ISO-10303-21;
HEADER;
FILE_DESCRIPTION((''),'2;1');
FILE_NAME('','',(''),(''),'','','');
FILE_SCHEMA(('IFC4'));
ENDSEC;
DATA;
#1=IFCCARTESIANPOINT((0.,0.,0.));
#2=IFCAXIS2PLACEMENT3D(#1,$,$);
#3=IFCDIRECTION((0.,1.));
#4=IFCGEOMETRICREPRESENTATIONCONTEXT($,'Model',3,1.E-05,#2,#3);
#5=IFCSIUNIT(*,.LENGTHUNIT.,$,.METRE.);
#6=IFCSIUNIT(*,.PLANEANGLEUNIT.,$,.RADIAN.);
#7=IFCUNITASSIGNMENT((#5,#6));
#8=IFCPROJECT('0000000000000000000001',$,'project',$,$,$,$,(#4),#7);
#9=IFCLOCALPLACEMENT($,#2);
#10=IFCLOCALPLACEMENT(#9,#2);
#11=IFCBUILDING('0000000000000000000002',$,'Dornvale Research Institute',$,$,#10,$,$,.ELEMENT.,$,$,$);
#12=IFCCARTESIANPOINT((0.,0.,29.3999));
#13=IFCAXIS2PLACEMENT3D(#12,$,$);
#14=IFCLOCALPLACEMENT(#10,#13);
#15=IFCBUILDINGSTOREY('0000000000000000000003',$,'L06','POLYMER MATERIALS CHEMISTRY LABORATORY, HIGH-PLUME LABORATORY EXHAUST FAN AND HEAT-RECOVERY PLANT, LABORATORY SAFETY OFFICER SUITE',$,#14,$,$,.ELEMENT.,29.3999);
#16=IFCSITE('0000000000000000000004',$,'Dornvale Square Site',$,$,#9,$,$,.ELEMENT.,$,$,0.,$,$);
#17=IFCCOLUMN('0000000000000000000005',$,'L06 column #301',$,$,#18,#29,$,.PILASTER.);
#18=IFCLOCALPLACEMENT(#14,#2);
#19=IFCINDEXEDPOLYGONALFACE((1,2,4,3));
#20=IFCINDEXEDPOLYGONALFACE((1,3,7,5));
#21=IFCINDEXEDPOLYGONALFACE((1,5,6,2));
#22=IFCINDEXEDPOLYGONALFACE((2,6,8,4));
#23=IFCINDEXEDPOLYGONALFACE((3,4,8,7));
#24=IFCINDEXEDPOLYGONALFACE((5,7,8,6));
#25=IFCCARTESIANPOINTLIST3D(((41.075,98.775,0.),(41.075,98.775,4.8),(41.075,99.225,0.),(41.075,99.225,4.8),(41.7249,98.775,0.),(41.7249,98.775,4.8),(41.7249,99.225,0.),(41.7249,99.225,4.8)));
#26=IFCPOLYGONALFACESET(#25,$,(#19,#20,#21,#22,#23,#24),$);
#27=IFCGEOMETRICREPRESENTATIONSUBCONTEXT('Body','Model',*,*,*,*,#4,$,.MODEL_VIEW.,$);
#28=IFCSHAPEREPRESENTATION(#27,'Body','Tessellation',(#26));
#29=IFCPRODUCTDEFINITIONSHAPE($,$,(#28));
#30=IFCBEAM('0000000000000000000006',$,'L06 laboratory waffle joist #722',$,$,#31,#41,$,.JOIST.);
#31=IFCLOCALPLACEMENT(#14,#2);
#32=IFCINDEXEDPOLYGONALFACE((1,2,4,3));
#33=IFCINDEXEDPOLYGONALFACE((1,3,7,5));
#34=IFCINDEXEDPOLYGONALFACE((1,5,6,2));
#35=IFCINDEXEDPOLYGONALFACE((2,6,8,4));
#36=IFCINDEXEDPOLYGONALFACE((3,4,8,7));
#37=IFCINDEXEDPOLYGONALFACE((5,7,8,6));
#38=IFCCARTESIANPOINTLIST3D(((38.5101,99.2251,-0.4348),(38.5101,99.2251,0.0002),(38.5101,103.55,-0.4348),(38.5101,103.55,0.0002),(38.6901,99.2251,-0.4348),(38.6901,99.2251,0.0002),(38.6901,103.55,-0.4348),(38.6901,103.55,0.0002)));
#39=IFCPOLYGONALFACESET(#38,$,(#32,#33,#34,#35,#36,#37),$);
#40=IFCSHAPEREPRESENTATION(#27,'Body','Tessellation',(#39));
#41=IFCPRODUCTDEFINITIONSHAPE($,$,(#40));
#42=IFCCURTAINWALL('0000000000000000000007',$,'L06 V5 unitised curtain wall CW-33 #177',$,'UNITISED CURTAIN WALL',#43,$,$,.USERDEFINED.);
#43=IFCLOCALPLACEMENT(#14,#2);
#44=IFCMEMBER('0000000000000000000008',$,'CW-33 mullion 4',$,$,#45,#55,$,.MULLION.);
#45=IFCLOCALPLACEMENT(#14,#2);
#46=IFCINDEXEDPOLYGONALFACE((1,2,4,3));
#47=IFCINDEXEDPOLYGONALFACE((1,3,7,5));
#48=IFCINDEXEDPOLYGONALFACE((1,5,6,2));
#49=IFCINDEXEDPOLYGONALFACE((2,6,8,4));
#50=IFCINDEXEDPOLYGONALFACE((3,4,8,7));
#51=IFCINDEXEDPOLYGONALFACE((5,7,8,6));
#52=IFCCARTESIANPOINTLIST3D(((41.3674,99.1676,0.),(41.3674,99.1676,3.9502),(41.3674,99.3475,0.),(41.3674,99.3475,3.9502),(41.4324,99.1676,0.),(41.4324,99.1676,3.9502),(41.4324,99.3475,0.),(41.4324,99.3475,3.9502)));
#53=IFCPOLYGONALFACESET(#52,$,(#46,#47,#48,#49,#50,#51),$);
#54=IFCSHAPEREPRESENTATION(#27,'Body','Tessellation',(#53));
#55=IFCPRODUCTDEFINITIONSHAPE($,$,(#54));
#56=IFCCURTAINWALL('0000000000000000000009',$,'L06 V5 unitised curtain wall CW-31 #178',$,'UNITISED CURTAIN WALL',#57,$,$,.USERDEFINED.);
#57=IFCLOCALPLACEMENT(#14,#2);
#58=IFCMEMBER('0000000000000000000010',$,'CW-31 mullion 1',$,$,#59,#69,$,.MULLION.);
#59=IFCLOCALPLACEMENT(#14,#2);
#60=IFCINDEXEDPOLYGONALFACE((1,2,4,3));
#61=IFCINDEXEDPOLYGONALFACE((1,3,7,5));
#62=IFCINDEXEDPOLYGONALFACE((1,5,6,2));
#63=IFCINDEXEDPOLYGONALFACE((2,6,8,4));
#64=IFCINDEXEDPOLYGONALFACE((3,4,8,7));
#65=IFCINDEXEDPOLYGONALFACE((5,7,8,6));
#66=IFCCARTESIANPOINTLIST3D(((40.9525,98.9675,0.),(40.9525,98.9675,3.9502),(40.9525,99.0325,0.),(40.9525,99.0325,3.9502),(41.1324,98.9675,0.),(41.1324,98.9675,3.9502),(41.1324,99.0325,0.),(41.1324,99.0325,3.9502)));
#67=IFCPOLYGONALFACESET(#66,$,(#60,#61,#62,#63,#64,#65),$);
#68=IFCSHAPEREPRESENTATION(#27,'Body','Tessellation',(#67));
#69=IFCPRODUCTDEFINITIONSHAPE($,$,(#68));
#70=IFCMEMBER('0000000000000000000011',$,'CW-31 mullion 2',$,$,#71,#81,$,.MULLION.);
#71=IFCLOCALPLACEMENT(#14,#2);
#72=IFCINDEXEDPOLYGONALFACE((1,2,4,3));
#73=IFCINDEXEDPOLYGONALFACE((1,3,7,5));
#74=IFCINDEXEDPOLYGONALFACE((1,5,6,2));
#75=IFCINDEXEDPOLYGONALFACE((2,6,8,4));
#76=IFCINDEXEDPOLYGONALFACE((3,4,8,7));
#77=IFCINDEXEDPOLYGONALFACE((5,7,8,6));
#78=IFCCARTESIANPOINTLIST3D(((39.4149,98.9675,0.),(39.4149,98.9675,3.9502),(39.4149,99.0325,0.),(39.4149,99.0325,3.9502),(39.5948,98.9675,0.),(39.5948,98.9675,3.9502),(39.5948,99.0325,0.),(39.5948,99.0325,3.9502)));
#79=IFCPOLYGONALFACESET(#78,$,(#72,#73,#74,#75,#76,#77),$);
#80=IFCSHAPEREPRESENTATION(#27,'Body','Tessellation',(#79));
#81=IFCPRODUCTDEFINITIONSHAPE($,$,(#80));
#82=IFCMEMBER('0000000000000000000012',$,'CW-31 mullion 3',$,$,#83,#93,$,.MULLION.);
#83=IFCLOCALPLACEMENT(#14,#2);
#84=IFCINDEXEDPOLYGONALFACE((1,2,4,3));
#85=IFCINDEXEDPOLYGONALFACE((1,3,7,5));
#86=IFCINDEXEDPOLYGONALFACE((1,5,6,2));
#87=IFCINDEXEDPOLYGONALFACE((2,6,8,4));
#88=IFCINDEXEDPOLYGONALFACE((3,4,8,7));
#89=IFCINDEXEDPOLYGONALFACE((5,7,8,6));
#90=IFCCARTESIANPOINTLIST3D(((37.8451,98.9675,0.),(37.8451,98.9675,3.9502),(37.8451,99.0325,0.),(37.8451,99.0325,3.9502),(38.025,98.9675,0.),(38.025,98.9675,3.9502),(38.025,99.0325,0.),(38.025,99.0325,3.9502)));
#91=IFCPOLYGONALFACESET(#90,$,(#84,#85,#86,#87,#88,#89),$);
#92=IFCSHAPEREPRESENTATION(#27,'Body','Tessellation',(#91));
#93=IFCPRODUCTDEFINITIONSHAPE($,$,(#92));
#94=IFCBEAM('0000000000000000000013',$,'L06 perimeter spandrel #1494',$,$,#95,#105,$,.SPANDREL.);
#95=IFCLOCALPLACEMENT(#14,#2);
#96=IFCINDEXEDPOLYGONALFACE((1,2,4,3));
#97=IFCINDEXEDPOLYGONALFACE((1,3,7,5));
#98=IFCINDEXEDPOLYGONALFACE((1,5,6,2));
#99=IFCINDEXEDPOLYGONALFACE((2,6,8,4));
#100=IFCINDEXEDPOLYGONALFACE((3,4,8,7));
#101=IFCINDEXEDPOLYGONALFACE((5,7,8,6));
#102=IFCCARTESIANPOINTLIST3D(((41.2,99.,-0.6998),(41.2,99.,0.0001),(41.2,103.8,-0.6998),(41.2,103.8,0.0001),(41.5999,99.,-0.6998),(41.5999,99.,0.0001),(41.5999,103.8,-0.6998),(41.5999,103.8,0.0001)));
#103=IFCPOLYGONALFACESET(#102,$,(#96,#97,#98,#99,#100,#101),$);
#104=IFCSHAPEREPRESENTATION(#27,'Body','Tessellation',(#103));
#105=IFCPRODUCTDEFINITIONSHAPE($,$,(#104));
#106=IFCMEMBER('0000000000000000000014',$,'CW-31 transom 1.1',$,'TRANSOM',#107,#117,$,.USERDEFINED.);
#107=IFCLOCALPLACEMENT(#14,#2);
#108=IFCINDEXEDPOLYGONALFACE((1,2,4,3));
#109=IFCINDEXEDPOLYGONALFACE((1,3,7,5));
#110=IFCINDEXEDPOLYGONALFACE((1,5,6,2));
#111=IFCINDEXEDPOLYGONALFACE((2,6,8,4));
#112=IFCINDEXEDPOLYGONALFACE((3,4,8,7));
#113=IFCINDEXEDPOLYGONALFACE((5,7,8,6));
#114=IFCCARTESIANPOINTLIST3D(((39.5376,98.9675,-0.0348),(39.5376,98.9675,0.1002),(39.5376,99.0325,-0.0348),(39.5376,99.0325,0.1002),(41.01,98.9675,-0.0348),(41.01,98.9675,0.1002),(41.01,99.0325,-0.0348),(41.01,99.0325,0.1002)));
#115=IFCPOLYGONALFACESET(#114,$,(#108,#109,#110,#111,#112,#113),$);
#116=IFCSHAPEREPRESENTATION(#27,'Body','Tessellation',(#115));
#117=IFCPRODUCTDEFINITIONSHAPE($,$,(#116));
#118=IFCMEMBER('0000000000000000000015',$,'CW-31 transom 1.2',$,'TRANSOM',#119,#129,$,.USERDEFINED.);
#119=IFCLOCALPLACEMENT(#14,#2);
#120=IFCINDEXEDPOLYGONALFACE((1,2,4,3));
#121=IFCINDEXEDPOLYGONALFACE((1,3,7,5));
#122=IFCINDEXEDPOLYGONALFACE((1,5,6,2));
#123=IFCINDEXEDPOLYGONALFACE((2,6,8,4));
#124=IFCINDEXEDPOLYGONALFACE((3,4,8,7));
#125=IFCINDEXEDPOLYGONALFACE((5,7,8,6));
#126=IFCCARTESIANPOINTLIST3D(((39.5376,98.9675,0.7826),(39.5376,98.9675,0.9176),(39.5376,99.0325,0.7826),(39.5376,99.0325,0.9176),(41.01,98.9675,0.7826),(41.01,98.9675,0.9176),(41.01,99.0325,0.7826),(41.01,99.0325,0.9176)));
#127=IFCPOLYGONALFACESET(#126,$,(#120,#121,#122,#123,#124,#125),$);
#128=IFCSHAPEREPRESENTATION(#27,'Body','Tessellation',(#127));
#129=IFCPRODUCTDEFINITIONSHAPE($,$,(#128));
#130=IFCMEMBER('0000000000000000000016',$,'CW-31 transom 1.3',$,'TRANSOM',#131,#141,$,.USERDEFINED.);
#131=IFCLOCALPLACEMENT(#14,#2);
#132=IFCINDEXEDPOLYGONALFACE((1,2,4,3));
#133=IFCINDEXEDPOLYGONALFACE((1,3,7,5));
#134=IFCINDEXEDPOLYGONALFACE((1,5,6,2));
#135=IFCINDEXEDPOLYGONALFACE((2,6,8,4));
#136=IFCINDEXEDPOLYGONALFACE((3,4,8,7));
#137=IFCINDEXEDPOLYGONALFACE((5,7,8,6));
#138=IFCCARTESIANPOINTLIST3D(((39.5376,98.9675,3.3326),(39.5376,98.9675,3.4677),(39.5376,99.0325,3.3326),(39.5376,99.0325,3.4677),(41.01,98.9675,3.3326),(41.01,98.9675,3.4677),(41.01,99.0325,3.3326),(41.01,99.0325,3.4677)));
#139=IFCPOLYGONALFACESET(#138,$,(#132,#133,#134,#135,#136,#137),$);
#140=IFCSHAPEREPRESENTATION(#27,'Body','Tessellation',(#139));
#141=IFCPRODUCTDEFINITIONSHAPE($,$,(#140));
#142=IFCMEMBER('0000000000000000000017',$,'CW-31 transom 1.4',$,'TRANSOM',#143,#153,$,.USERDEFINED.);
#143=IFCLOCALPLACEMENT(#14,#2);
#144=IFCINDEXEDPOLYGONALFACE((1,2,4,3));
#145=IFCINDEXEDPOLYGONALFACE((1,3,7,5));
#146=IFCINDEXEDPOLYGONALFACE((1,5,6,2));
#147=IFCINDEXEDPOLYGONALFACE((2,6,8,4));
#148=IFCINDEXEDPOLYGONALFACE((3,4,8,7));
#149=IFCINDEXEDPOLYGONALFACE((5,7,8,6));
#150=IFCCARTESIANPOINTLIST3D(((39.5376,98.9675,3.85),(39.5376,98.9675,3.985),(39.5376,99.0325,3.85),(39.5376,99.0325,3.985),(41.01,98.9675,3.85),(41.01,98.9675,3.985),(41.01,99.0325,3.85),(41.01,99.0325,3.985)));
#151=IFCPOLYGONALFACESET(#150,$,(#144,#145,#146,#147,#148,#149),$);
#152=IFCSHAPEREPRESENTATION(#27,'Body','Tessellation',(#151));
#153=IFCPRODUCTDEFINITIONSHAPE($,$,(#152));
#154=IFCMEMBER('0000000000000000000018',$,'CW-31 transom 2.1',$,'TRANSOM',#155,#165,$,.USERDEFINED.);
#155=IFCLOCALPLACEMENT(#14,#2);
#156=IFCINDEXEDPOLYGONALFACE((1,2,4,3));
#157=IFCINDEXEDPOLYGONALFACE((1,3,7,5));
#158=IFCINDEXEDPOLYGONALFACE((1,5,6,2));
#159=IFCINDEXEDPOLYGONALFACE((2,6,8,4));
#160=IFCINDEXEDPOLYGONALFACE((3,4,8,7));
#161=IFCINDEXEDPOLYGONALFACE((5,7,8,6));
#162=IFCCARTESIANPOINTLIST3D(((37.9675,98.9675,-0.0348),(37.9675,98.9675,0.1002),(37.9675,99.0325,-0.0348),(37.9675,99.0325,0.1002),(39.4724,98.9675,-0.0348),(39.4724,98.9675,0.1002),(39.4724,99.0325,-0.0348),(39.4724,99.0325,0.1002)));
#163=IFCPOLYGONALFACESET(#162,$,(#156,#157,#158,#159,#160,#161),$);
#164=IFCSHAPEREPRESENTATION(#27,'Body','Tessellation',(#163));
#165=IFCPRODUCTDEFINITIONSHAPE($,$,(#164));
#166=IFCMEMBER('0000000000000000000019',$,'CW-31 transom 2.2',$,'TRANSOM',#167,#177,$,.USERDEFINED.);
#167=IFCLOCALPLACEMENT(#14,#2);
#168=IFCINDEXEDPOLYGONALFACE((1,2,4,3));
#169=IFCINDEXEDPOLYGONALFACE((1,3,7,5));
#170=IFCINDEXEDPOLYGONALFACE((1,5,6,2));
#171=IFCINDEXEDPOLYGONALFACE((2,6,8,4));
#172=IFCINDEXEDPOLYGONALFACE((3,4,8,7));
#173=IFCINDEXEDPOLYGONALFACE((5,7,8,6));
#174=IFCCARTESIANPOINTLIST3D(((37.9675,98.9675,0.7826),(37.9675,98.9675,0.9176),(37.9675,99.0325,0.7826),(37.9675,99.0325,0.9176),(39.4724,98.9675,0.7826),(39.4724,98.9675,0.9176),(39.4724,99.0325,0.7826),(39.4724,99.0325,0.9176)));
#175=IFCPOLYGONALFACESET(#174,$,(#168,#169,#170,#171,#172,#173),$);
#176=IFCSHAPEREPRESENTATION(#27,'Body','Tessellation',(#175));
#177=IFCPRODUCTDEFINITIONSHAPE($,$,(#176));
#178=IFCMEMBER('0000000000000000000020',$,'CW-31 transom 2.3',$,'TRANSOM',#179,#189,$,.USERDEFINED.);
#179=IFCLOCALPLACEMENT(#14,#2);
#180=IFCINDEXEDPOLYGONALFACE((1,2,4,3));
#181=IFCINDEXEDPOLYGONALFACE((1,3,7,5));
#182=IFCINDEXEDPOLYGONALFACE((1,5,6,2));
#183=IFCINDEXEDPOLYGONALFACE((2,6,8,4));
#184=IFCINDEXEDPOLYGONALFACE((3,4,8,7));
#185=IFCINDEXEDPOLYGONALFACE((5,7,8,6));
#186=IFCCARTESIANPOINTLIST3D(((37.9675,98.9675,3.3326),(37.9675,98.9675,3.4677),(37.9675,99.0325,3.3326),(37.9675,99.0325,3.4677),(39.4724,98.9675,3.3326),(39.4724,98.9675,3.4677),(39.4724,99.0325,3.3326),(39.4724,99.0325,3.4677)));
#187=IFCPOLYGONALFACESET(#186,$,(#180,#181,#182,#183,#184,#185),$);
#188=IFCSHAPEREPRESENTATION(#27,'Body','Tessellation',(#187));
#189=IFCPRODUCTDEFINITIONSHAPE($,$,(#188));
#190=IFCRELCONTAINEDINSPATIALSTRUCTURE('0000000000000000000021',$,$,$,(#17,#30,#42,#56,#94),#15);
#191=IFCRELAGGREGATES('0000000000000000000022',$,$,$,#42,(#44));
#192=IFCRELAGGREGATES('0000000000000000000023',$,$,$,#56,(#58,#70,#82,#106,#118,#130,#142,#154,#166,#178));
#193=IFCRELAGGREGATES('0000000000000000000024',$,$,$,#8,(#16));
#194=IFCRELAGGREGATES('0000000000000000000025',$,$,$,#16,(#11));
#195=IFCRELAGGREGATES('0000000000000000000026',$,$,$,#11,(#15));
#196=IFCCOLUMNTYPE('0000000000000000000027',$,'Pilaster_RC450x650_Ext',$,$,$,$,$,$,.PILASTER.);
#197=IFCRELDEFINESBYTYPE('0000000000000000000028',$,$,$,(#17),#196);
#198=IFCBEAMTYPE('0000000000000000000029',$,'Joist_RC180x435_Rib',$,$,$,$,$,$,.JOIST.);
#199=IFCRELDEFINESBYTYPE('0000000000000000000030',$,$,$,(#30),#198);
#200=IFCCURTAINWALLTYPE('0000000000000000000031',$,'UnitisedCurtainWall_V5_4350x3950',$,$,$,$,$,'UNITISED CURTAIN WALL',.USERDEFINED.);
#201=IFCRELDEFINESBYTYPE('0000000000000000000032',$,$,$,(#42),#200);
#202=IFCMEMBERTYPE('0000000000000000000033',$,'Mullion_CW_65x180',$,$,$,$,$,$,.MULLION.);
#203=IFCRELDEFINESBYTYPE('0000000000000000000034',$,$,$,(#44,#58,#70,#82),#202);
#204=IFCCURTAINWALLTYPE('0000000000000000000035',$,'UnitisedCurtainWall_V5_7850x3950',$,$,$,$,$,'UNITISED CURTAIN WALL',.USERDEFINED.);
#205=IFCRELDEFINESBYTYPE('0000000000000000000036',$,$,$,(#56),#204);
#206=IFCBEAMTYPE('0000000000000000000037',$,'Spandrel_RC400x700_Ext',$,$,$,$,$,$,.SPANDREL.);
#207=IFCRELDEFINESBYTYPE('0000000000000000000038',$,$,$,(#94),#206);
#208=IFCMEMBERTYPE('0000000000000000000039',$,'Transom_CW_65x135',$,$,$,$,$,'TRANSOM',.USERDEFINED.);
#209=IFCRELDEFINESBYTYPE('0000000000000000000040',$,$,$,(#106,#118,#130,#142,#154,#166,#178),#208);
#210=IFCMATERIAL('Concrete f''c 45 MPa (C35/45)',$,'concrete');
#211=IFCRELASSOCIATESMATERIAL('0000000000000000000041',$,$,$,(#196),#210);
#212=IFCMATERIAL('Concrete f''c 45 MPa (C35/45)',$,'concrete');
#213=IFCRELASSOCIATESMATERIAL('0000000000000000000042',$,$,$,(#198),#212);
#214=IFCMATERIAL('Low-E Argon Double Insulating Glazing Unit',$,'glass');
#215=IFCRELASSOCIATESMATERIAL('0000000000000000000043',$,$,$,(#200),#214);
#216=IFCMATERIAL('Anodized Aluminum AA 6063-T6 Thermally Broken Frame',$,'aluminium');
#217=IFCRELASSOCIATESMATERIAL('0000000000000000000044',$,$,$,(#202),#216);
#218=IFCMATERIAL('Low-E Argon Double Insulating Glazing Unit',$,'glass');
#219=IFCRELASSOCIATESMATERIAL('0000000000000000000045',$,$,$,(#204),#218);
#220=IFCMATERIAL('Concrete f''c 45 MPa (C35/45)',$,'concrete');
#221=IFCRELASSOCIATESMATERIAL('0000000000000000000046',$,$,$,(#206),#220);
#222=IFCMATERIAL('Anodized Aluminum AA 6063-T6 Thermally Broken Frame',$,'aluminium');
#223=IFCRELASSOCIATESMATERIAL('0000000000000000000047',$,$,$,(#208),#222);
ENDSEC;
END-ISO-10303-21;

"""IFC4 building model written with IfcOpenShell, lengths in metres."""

from ifc_helpers import new_model, si_unit, direction, frame, origin, origin_2d, place, context, subcontext, project, spatial, rectangle, extrude, material, material_profile, profile_set, type_object, element, aggregate, save


model = new_model("IFC4")

# Units and contexts
model_context = context("Model", 3, precision=1e-05, world=origin(), true_north=direction((0.0, 1.0)))
body_context = subcontext(model_context, "Body", "Model", "MODEL_VIEW")
ifc_project = project(units=[si_unit("LENGTHUNIT", "METRE"), si_unit("PLANEANGLEUNIT", "RADIAN")], contexts=[model_context])

# Site, building, storey
site_placement = place(None, origin())
site = spatial("IfcSite", under=ifc_project, at=site_placement, Name="Dornvale Square Site", CompositionType="ELEMENT", RefElevation=0.0)
building_placement = place(site_placement, origin())
building = spatial("IfcBuilding", under=site, at=building_placement, Name="Dornvale Research Institute", CompositionType="ELEMENT")
storey_placement = place(building_placement, frame((0.0, 0.0, 29.3999)))
storey = spatial("IfcBuildingStorey", under=building, at=storey_placement, Name="L06", Description="POLYMER MATERIALS CHEMISTRY LABORATORY, HIGH-PLUME LABORATORY EXHAUST FAN AND HEAT-RECOVERY PLANT, LABORATORY SAFETY OFFICER SUITE", CompositionType="ELEMENT", Elevation=29.3999)

# Column
ifc_material_1 = material(Name="Concrete f'c 45 MPa (C35/45)", Category="concrete")
ifc_material_profile_1 = material_profile(ifc_material_1, rectangle(XDim=0.45, YDim=0.6499, at=origin_2d()), Name="RC 450x650")
ifc_profile_set_1 = profile_set([ifc_material_profile_1], Name="Concrete f'c 45 MPa (C35/45)")
column_type = type_object("IfcColumnType", Name="Pilaster_RC450x650_Ext", PredefinedType="PILASTER", material=ifc_profile_set_1)
column_placement = place(storey_placement, frame((41.3999, 99.0, 0.0), z_axis=(0.0, 0.0, 1.0), x_axis=(0.0, 1.0, 0.0)))
element("IfcColumn", 1, at=column_placement, inside=storey, type_object=column_type, Name="L06 column #301", PredefinedType="PILASTER", context=body_context, shape_type="SweptSolid", body=[
    extrude(rectangle(XDim=0.45, YDim=0.6499, at=origin_2d()), origin(), (0.0, 0.0, 1.0), 4.8),
])

# Beam
ifc_material_2 = material(Name="Concrete f'c 45 MPa (C35/45)", Category="concrete")
ifc_material_profile_2 = material_profile(ifc_material_2, rectangle(XDim=0.1799, YDim=0.4351, at=origin_2d()), Name="RC 180x435")
ifc_profile_set_2 = profile_set([ifc_material_profile_2], Name="Concrete f'c 45 MPa (C35/45)")
beam_type_1 = type_object("IfcBeamType", Name="Joist_RC180x435_Rib", PredefinedType="JOIST", material=ifc_profile_set_2)
beam_1_placement = place(storey_placement, frame((38.6001, 99.2251, -0.2173), z_axis=(0.0, 1.0, 0.0), x_axis=(-1.0, 0.0, 0.0)))
element("IfcBeam", 2, at=beam_1_placement, inside=storey, type_object=beam_type_1, Name="L06 laboratory waffle joist #722", PredefinedType="JOIST", context=body_context, shape_type="SweptSolid", body=[
    extrude(rectangle(XDim=0.1799, YDim=0.4351, at=origin_2d()), origin(), (0.0, 0.0, 1.0), 4.325),
])

# Curtain wall, member
ifc_material_3 = material(Name="Low-E Argon Double Insulating Glazing Unit", Category="glass")
curtain_wall_type_1 = type_object("IfcCurtainWallType", Name="UnitisedCurtainWall_V5_4350x3950", ElementType="UNITISED CURTAIN WALL", PredefinedType="USERDEFINED", material=ifc_material_3)
curtain_wall_1_placement = place(storey_placement, origin())
curtain_wall_1 = element("IfcCurtainWall", 3, at=curtain_wall_1_placement, inside=storey, type_object=curtain_wall_type_1, Name="L06 V5 unitised curtain wall CW-33 #177", ObjectType="UNITISED CURTAIN WALL", PredefinedType="USERDEFINED")
ifc_material_4 = material(Name="Anodized Aluminum AA 6063-T6 Thermally Broken Frame", Category="aluminium")
ifc_material_profile_3 = material_profile(ifc_material_4, rectangle(XDim=0.0649, YDim=0.1799, at=origin_2d()), Name="ALU MULLION 65x180")
ifc_profile_set_3 = profile_set([ifc_material_profile_3], Name="Anodized Aluminum AA 6063-T6 Thermally Broken Frame")
member_type_1 = type_object("IfcMemberType", Name="Mullion_CW_65x180", PredefinedType="MULLION", material=ifc_profile_set_3)
member_1_placement = place(storey_placement, frame((41.3999, 99.2576, 0.0), z_axis=(0.0, 0.0, 1.0), x_axis=(1.0, 0.0, 0.0)))
member_1 = element("IfcMember", 4, at=member_1_placement, type_object=member_type_1, Name="CW-33 mullion 4", PredefinedType="MULLION", context=body_context, shape_type="SweptSolid", body=[
    extrude(rectangle(XDim=0.0649, YDim=0.1799, at=origin_2d()), origin(), (0.0, 0.0, 1.0), 3.9502),
])
aggregate(curtain_wall_1, [member_1])

# Curtain wall, members
ifc_material_5 = material(Name="Low-E Argon Double Insulating Glazing Unit", Category="glass")
curtain_wall_type_2 = type_object("IfcCurtainWallType", Name="UnitisedCurtainWall_V5_7850x3950", ElementType="UNITISED CURTAIN WALL", PredefinedType="USERDEFINED", material=ifc_material_5)
curtain_wall_2_placement = place(storey_placement, origin())
curtain_wall_2 = element("IfcCurtainWall", 5, at=curtain_wall_2_placement, inside=storey, type_object=curtain_wall_type_2, Name="L06 V5 unitised curtain wall CW-31 #178", ObjectType="UNITISED CURTAIN WALL", PredefinedType="USERDEFINED")
member_2_placement = place(storey_placement, frame((41.0425, 99.0, 0.0), z_axis=(0.0, 0.0, 1.0), x_axis=(0.0, -1.0, 0.0)))
member_2 = element("IfcMember", 6, at=member_2_placement, type_object=member_type_1, Name="CW-31 mullion 1", PredefinedType="MULLION", context=body_context, shape_type="SweptSolid", body=[
    extrude(rectangle(XDim=0.0649, YDim=0.1799, at=origin_2d()), origin(), (0.0, 0.0, 1.0), 3.9502),
])
member_3_placement = place(storey_placement, frame((39.5049, 99.0, 0.0), z_axis=(0.0, 0.0, 1.0), x_axis=(0.0, -1.0, 0.0)))
member_3 = element("IfcMember", 7, at=member_3_placement, type_object=member_type_1, Name="CW-31 mullion 2", PredefinedType="MULLION", context=body_context, shape_type="SweptSolid", body=[
    extrude(rectangle(XDim=0.0649, YDim=0.1799, at=origin_2d()), origin(), (0.0, 0.0, 1.0), 3.9502),
])
member_4_placement = place(storey_placement, frame((37.9351, 99.0, 0.0), z_axis=(0.0, 0.0, 1.0), x_axis=(0.0, -1.0, 0.0)))
member_4 = element("IfcMember", 8, at=member_4_placement, type_object=member_type_1, Name="CW-31 mullion 3", PredefinedType="MULLION", context=body_context, shape_type="SweptSolid", body=[
    extrude(rectangle(XDim=0.0649, YDim=0.1799, at=origin_2d()), origin(), (0.0, 0.0, 1.0), 3.9502),
])

# Beam
ifc_material_6 = material(Name="Concrete f'c 45 MPa (C35/45)", Category="concrete")
ifc_material_profile_4 = material_profile(ifc_material_6, rectangle(XDim=0.3999, YDim=0.7, at=origin_2d()), Name="RC 400x700")
ifc_profile_set_4 = profile_set([ifc_material_profile_4], Name="Concrete f'c 45 MPa (C35/45)")
beam_type_2 = type_object("IfcBeamType", Name="Spandrel_RC400x700_Ext", PredefinedType="SPANDREL", material=ifc_profile_set_4)
beam_2_placement = place(storey_placement, frame((41.3999, 99.0, -0.3499), z_axis=(0.0, 1.0, 0.0), x_axis=(-1.0, 0.0, 0.0)))
element("IfcBeam", 9, at=beam_2_placement, inside=storey, type_object=beam_type_2, Name="L06 perimeter spandrel #1494", PredefinedType="SPANDREL", context=body_context, shape_type="SweptSolid", body=[
    extrude(rectangle(XDim=0.3999, YDim=0.7, at=origin_2d()), origin(), (0.0, 0.0, 1.0), 4.8),
])

# Members
ifc_material_7 = material(Name="Anodized Aluminum AA 6063-T6 Thermally Broken Frame", Category="aluminium")
ifc_material_profile_5 = material_profile(ifc_material_7, rectangle(XDim=0.0649, YDim=0.135, at=origin_2d()), Name="ALU TRANSOM 65x135")
ifc_profile_set_5 = profile_set([ifc_material_profile_5], Name="Anodized Aluminum AA 6063-T6 Thermally Broken Frame")
member_type_2 = type_object("IfcMemberType", Name="Transom_CW_65x135", ElementType="TRANSOM", PredefinedType="USERDEFINED", material=ifc_profile_set_5)
member_5_placement = place(storey_placement, frame((41.01, 99.0, 0.0327), z_axis=(-1.0, 0.0, 0.0), x_axis=(0.0, -1.0, 0.0)))
member_5 = element("IfcMember", 10, at=member_5_placement, type_object=member_type_2, Name="CW-31 transom 1.1", ObjectType="TRANSOM", PredefinedType="USERDEFINED", context=body_context, shape_type="SweptSolid", body=[
    extrude(rectangle(XDim=0.0649, YDim=0.135, at=origin_2d()), origin(), (0.0, 0.0, 1.0), 1.4724),
])
member_6_placement = place(storey_placement, frame((41.01, 99.0, 0.8501), z_axis=(-1.0, 0.0, 0.0), x_axis=(0.0, -1.0, 0.0)))
member_6 = element("IfcMember", 11, at=member_6_placement, type_object=member_type_2, Name="CW-31 transom 1.2", ObjectType="TRANSOM", PredefinedType="USERDEFINED", context=body_context, shape_type="SweptSolid", body=[
    extrude(rectangle(XDim=0.0649, YDim=0.135, at=origin_2d()), origin(), (0.0, 0.0, 1.0), 1.4724),
])
member_7_placement = place(storey_placement, frame((41.01, 99.0, 3.4001), z_axis=(-1.0, 0.0, 0.0), x_axis=(0.0, -1.0, 0.0)))
member_7 = element("IfcMember", 12, at=member_7_placement, type_object=member_type_2, Name="CW-31 transom 1.3", ObjectType="TRANSOM", PredefinedType="USERDEFINED", context=body_context, shape_type="SweptSolid", body=[
    extrude(rectangle(XDim=0.0649, YDim=0.135, at=origin_2d()), origin(), (0.0, 0.0, 1.0), 1.4724),
])
member_8_placement = place(storey_placement, frame((41.01, 99.0, 3.9175), z_axis=(-1.0, 0.0, 0.0), x_axis=(0.0, -1.0, 0.0)))
member_8 = element("IfcMember", 13, at=member_8_placement, type_object=member_type_2, Name="CW-31 transom 1.4", ObjectType="TRANSOM", PredefinedType="USERDEFINED", context=body_context, shape_type="SweptSolid", body=[
    extrude(rectangle(XDim=0.0649, YDim=0.135, at=origin_2d()), origin(), (0.0, 0.0, 1.0), 1.4724),
])
member_9_placement = place(storey_placement, frame((39.4724, 99.0, 0.0327), z_axis=(-1.0, 0.0, 0.0), x_axis=(0.0, -1.0, 0.0)))
member_9 = element("IfcMember", 14, at=member_9_placement, type_object=member_type_2, Name="CW-31 transom 2.1", ObjectType="TRANSOM", PredefinedType="USERDEFINED", context=body_context, shape_type="SweptSolid", body=[
    extrude(rectangle(XDim=0.0649, YDim=0.135, at=origin_2d()), origin(), (0.0, 0.0, 1.0), 1.5049),
])
member_10_placement = place(storey_placement, frame((39.4724, 99.0, 0.8501), z_axis=(-1.0, 0.0, 0.0), x_axis=(0.0, -1.0, 0.0)))
member_10 = element("IfcMember", 15, at=member_10_placement, type_object=member_type_2, Name="CW-31 transom 2.2", ObjectType="TRANSOM", PredefinedType="USERDEFINED", context=body_context, shape_type="SweptSolid", body=[
    extrude(rectangle(XDim=0.0649, YDim=0.135, at=origin_2d()), origin(), (0.0, 0.0, 1.0), 1.5049),
])
member_11_placement = place(storey_placement, frame((39.4724, 99.0, 3.4001), z_axis=(-1.0, 0.0, 0.0), x_axis=(0.0, -1.0, 0.0)))
member_11 = element("IfcMember", 16, at=member_11_placement, type_object=member_type_2, Name="CW-31 transom 2.3", ObjectType="TRANSOM", PredefinedType="USERDEFINED", context=body_context, shape_type="SweptSolid", body=[
    extrude(rectangle(XDim=0.0649, YDim=0.135, at=origin_2d()), origin(), (0.0, 0.0, 1.0), 1.5049),
])

aggregate(curtain_wall_2, [member_2, member_3, member_4, member_5, member_6, member_7, member_8, member_9, member_10, member_11])

save(model, "model.ifc")
